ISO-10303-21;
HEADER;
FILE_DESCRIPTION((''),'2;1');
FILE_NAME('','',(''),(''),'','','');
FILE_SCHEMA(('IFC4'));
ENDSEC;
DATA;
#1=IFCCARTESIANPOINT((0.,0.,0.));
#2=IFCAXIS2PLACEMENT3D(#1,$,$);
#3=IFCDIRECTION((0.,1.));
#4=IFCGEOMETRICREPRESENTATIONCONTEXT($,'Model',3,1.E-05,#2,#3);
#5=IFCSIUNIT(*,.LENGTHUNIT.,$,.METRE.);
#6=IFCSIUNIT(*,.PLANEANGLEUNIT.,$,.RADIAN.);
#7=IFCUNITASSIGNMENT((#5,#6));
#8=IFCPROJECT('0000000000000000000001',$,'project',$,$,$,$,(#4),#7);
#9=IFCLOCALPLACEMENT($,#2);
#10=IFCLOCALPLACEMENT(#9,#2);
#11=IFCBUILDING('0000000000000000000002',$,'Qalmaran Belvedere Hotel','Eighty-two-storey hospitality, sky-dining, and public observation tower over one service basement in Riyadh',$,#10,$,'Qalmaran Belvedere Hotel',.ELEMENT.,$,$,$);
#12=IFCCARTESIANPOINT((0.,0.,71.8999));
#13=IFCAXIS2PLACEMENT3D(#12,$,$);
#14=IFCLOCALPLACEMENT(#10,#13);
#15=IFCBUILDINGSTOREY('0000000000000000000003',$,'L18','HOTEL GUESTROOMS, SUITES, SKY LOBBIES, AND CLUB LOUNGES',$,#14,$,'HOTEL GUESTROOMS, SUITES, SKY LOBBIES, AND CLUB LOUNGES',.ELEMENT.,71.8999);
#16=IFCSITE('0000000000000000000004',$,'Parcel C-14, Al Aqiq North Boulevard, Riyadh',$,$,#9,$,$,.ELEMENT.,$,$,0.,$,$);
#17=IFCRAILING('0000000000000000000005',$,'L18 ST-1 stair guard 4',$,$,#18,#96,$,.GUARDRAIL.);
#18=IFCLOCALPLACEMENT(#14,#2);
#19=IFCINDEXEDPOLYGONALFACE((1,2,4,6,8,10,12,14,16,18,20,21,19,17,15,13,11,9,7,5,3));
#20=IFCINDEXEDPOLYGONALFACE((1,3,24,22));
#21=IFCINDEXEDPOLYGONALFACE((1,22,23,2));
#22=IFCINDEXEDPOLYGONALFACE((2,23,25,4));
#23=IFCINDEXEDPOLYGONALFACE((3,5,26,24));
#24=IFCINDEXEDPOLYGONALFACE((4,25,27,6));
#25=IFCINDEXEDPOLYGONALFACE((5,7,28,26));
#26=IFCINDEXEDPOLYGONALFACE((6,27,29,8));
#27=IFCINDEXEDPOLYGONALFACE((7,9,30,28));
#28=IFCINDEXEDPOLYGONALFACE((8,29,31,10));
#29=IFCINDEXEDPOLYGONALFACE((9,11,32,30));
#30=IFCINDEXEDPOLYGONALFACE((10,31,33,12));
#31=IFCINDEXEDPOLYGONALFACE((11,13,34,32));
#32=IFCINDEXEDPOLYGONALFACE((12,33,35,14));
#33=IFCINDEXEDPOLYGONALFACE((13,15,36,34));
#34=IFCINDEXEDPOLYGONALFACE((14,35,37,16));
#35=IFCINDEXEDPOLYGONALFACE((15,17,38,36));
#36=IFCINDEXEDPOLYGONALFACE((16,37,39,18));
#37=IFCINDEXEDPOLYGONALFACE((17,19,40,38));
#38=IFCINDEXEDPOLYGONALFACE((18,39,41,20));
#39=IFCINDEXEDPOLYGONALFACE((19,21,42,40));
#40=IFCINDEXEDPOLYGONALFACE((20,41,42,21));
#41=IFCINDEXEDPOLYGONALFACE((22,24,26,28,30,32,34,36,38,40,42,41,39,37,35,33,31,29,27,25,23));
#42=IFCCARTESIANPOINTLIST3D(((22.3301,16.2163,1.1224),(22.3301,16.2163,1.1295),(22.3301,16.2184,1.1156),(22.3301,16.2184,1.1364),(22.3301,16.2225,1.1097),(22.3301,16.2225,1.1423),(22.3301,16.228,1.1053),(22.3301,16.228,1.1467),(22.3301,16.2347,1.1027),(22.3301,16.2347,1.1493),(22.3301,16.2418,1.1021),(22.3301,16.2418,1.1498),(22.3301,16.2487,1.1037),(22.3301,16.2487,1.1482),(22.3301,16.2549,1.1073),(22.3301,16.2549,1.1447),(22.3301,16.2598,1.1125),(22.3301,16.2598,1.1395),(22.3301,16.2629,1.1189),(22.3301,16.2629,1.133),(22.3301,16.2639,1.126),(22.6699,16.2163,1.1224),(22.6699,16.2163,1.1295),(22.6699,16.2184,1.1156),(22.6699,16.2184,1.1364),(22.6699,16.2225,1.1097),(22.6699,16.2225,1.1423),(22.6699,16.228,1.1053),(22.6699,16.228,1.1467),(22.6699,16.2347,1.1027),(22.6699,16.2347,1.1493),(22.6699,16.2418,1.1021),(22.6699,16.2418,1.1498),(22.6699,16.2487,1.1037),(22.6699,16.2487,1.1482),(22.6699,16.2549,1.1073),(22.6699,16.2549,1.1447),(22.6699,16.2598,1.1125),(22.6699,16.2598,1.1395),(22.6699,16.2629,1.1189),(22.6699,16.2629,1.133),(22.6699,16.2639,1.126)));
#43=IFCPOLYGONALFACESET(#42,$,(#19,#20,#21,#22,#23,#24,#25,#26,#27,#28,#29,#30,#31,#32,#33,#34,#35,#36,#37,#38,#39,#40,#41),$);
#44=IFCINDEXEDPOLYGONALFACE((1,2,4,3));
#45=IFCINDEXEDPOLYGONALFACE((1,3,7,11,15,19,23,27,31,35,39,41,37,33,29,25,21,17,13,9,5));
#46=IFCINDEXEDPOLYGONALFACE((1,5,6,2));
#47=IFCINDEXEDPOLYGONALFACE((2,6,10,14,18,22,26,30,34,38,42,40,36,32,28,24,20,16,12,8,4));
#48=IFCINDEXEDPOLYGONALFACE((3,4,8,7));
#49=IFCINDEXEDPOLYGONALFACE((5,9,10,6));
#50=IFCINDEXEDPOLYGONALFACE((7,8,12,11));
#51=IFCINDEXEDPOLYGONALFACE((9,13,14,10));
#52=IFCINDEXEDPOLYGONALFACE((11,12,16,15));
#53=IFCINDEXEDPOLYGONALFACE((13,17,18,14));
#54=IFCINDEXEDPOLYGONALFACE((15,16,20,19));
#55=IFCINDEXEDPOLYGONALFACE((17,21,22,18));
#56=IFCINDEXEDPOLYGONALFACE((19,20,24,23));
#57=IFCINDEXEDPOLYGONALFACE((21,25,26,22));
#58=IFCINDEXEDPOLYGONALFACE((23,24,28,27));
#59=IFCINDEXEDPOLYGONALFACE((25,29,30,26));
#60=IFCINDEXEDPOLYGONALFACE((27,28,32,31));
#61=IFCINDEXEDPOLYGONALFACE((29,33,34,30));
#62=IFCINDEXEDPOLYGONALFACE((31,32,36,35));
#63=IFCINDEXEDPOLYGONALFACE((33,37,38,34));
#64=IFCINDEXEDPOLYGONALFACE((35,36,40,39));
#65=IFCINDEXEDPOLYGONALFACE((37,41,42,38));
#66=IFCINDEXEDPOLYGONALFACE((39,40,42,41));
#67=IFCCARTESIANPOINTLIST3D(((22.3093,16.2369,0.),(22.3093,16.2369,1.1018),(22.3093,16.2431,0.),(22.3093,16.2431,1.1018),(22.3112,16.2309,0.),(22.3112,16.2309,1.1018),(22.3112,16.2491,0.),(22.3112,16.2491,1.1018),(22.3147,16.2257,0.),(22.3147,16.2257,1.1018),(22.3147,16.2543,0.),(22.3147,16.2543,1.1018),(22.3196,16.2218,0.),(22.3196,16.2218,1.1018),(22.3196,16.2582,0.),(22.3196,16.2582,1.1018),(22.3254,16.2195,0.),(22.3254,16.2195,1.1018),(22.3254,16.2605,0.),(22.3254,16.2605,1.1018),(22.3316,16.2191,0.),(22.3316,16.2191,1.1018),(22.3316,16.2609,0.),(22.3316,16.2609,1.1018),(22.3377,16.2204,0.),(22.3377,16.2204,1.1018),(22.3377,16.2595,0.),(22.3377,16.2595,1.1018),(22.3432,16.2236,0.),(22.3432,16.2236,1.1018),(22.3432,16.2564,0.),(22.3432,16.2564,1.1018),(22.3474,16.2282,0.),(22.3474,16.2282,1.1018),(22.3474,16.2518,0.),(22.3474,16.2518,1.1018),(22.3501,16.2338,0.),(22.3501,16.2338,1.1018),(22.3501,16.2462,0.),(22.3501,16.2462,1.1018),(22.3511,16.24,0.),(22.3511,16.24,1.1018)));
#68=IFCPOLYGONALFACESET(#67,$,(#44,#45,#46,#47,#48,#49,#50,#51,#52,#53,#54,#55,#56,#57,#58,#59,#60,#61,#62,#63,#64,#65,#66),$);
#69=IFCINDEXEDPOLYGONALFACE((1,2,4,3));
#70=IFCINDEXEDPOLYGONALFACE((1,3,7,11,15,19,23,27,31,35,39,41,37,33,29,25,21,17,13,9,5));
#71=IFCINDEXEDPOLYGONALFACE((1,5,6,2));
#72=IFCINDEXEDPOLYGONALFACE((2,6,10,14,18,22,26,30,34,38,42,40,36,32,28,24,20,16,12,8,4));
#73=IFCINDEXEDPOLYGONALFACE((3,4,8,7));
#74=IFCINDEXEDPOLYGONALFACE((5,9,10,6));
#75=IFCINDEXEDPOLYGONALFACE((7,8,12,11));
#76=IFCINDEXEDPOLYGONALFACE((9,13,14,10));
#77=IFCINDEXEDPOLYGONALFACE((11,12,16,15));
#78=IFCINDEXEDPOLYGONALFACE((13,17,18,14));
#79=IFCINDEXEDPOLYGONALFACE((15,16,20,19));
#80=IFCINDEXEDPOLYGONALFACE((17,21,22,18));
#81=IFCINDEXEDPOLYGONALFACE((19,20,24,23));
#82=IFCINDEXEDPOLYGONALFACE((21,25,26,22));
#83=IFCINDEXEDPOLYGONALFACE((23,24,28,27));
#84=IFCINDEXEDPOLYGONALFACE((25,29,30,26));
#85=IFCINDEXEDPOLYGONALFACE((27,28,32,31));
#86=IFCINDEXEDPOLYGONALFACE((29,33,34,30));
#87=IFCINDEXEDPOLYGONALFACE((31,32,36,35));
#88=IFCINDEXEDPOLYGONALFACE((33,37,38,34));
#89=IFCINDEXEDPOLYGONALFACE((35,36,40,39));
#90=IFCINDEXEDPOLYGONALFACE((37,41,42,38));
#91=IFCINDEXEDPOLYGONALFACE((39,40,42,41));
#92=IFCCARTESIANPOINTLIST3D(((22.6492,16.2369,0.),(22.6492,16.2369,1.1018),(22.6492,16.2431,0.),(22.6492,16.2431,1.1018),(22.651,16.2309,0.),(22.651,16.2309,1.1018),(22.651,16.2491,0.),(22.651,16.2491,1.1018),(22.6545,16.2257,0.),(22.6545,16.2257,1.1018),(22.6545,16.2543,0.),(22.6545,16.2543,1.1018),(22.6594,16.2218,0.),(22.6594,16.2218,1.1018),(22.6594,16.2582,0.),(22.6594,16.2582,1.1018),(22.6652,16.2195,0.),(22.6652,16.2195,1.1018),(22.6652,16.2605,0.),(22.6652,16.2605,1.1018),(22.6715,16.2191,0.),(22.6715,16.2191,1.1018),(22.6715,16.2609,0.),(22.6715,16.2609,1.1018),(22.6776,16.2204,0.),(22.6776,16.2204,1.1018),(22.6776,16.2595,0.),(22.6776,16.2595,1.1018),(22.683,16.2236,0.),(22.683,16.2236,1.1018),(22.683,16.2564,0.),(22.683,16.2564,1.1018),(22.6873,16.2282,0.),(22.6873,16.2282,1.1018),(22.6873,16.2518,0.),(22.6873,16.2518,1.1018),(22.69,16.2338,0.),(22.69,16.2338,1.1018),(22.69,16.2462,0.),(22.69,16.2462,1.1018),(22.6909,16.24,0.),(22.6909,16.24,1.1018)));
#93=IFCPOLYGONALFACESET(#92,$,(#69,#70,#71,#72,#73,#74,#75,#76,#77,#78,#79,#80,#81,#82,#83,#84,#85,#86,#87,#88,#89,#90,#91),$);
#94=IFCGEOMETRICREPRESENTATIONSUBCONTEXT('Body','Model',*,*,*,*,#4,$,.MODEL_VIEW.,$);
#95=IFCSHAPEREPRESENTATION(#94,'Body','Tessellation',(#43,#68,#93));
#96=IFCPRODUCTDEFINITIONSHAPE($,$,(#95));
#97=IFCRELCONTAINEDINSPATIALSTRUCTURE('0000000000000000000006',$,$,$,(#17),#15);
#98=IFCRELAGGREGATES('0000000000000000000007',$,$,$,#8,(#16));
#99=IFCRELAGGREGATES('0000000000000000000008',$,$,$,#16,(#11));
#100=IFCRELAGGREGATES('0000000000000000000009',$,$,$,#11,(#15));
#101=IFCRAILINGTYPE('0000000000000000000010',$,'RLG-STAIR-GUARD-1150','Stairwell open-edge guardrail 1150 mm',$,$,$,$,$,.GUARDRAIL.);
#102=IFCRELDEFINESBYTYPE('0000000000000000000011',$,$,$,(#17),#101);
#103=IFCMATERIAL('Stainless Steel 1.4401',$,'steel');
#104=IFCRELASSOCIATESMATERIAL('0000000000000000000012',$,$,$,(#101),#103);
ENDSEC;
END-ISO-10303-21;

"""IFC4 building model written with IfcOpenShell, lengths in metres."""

from ifc_helpers import new_model, si_unit, direction, frame, origin, origin_2d, place, context, subcontext, project, spatial, circle, extrude, material, type_object, element, save


model = new_model("IFC4")

# Units and contexts
model_context = context("Model", 3, precision=1e-05, world=origin(), true_north=direction((0.0, 1.0)))
body_context = subcontext(model_context, "Body", "Model", "MODEL_VIEW")
ifc_project = project(units=[si_unit("LENGTHUNIT", "METRE"), si_unit("PLANEANGLEUNIT", "RADIAN")], contexts=[model_context])

# Site, building, storey
site_placement = place(None, origin())
site = spatial("IfcSite", under=ifc_project, at=site_placement, Name="Parcel C-14, Al Aqiq North Boulevard, Riyadh", CompositionType="ELEMENT", RefElevation=0.0)
building_placement = place(site_placement, origin())
building = spatial("IfcBuilding", under=site, at=building_placement, Name="Qalmaran Belvedere Hotel", Description="Eighty-two-storey hospitality, sky-dining, and public observation tower over one service basement in Riyadh", LongName="Qalmaran Belvedere Hotel", CompositionType="ELEMENT")
storey_placement = place(building_placement, frame((0.0, 0.0, 71.8999)))
storey = spatial("IfcBuildingStorey", under=building, at=storey_placement, Name="L18", Description="HOTEL GUESTROOMS, SUITES, SKY LOBBIES, AND CLUB LOUNGES", LongName="HOTEL GUESTROOMS, SUITES, SKY LOBBIES, AND CLUB LOUNGES", CompositionType="ELEMENT", Elevation=71.8999)

# Railing
ifc_material_1 = material(Name="Stainless Steel 1.4401", Category="steel")
railing_type_1 = type_object("IfcRailingType", Name="RLG-STAIR-GUARD-1150", Description="Stairwell open-edge guardrail 1150 mm", PredefinedType="GUARDRAIL", material=ifc_material_1)
railing_1_placement = place(storey_placement, frame((22.3301, 16.24, 0.0)))
element("IfcRailing", 1, at=railing_1_placement, inside=storey, type_object=railing_type_1, Name="L18 ST-1 stair guard 4", PredefinedType="GUARDRAIL", context=body_context, shape_type="SweptSolid", body=[
    extrude(circle(Radius=0.0239, at=origin_2d()), frame((0.0, 0.0, 1.126), z_axis=(1.0, 0.0, 0.0), x_axis=(0.0, 1.0, 0.0)), (0.0, 0.0, 1.0), 0.3398),
    extrude(circle(Radius=0.021, at=origin_2d()), origin(), (0.0, 0.0, 1.0), 1.1018),
    extrude(circle(Radius=0.021, at=origin_2d()), frame((0.3398, 0.0, 0.0)), (0.0, 0.0, 1.0), 1.1018),
])

save(model, "model.ifc")
